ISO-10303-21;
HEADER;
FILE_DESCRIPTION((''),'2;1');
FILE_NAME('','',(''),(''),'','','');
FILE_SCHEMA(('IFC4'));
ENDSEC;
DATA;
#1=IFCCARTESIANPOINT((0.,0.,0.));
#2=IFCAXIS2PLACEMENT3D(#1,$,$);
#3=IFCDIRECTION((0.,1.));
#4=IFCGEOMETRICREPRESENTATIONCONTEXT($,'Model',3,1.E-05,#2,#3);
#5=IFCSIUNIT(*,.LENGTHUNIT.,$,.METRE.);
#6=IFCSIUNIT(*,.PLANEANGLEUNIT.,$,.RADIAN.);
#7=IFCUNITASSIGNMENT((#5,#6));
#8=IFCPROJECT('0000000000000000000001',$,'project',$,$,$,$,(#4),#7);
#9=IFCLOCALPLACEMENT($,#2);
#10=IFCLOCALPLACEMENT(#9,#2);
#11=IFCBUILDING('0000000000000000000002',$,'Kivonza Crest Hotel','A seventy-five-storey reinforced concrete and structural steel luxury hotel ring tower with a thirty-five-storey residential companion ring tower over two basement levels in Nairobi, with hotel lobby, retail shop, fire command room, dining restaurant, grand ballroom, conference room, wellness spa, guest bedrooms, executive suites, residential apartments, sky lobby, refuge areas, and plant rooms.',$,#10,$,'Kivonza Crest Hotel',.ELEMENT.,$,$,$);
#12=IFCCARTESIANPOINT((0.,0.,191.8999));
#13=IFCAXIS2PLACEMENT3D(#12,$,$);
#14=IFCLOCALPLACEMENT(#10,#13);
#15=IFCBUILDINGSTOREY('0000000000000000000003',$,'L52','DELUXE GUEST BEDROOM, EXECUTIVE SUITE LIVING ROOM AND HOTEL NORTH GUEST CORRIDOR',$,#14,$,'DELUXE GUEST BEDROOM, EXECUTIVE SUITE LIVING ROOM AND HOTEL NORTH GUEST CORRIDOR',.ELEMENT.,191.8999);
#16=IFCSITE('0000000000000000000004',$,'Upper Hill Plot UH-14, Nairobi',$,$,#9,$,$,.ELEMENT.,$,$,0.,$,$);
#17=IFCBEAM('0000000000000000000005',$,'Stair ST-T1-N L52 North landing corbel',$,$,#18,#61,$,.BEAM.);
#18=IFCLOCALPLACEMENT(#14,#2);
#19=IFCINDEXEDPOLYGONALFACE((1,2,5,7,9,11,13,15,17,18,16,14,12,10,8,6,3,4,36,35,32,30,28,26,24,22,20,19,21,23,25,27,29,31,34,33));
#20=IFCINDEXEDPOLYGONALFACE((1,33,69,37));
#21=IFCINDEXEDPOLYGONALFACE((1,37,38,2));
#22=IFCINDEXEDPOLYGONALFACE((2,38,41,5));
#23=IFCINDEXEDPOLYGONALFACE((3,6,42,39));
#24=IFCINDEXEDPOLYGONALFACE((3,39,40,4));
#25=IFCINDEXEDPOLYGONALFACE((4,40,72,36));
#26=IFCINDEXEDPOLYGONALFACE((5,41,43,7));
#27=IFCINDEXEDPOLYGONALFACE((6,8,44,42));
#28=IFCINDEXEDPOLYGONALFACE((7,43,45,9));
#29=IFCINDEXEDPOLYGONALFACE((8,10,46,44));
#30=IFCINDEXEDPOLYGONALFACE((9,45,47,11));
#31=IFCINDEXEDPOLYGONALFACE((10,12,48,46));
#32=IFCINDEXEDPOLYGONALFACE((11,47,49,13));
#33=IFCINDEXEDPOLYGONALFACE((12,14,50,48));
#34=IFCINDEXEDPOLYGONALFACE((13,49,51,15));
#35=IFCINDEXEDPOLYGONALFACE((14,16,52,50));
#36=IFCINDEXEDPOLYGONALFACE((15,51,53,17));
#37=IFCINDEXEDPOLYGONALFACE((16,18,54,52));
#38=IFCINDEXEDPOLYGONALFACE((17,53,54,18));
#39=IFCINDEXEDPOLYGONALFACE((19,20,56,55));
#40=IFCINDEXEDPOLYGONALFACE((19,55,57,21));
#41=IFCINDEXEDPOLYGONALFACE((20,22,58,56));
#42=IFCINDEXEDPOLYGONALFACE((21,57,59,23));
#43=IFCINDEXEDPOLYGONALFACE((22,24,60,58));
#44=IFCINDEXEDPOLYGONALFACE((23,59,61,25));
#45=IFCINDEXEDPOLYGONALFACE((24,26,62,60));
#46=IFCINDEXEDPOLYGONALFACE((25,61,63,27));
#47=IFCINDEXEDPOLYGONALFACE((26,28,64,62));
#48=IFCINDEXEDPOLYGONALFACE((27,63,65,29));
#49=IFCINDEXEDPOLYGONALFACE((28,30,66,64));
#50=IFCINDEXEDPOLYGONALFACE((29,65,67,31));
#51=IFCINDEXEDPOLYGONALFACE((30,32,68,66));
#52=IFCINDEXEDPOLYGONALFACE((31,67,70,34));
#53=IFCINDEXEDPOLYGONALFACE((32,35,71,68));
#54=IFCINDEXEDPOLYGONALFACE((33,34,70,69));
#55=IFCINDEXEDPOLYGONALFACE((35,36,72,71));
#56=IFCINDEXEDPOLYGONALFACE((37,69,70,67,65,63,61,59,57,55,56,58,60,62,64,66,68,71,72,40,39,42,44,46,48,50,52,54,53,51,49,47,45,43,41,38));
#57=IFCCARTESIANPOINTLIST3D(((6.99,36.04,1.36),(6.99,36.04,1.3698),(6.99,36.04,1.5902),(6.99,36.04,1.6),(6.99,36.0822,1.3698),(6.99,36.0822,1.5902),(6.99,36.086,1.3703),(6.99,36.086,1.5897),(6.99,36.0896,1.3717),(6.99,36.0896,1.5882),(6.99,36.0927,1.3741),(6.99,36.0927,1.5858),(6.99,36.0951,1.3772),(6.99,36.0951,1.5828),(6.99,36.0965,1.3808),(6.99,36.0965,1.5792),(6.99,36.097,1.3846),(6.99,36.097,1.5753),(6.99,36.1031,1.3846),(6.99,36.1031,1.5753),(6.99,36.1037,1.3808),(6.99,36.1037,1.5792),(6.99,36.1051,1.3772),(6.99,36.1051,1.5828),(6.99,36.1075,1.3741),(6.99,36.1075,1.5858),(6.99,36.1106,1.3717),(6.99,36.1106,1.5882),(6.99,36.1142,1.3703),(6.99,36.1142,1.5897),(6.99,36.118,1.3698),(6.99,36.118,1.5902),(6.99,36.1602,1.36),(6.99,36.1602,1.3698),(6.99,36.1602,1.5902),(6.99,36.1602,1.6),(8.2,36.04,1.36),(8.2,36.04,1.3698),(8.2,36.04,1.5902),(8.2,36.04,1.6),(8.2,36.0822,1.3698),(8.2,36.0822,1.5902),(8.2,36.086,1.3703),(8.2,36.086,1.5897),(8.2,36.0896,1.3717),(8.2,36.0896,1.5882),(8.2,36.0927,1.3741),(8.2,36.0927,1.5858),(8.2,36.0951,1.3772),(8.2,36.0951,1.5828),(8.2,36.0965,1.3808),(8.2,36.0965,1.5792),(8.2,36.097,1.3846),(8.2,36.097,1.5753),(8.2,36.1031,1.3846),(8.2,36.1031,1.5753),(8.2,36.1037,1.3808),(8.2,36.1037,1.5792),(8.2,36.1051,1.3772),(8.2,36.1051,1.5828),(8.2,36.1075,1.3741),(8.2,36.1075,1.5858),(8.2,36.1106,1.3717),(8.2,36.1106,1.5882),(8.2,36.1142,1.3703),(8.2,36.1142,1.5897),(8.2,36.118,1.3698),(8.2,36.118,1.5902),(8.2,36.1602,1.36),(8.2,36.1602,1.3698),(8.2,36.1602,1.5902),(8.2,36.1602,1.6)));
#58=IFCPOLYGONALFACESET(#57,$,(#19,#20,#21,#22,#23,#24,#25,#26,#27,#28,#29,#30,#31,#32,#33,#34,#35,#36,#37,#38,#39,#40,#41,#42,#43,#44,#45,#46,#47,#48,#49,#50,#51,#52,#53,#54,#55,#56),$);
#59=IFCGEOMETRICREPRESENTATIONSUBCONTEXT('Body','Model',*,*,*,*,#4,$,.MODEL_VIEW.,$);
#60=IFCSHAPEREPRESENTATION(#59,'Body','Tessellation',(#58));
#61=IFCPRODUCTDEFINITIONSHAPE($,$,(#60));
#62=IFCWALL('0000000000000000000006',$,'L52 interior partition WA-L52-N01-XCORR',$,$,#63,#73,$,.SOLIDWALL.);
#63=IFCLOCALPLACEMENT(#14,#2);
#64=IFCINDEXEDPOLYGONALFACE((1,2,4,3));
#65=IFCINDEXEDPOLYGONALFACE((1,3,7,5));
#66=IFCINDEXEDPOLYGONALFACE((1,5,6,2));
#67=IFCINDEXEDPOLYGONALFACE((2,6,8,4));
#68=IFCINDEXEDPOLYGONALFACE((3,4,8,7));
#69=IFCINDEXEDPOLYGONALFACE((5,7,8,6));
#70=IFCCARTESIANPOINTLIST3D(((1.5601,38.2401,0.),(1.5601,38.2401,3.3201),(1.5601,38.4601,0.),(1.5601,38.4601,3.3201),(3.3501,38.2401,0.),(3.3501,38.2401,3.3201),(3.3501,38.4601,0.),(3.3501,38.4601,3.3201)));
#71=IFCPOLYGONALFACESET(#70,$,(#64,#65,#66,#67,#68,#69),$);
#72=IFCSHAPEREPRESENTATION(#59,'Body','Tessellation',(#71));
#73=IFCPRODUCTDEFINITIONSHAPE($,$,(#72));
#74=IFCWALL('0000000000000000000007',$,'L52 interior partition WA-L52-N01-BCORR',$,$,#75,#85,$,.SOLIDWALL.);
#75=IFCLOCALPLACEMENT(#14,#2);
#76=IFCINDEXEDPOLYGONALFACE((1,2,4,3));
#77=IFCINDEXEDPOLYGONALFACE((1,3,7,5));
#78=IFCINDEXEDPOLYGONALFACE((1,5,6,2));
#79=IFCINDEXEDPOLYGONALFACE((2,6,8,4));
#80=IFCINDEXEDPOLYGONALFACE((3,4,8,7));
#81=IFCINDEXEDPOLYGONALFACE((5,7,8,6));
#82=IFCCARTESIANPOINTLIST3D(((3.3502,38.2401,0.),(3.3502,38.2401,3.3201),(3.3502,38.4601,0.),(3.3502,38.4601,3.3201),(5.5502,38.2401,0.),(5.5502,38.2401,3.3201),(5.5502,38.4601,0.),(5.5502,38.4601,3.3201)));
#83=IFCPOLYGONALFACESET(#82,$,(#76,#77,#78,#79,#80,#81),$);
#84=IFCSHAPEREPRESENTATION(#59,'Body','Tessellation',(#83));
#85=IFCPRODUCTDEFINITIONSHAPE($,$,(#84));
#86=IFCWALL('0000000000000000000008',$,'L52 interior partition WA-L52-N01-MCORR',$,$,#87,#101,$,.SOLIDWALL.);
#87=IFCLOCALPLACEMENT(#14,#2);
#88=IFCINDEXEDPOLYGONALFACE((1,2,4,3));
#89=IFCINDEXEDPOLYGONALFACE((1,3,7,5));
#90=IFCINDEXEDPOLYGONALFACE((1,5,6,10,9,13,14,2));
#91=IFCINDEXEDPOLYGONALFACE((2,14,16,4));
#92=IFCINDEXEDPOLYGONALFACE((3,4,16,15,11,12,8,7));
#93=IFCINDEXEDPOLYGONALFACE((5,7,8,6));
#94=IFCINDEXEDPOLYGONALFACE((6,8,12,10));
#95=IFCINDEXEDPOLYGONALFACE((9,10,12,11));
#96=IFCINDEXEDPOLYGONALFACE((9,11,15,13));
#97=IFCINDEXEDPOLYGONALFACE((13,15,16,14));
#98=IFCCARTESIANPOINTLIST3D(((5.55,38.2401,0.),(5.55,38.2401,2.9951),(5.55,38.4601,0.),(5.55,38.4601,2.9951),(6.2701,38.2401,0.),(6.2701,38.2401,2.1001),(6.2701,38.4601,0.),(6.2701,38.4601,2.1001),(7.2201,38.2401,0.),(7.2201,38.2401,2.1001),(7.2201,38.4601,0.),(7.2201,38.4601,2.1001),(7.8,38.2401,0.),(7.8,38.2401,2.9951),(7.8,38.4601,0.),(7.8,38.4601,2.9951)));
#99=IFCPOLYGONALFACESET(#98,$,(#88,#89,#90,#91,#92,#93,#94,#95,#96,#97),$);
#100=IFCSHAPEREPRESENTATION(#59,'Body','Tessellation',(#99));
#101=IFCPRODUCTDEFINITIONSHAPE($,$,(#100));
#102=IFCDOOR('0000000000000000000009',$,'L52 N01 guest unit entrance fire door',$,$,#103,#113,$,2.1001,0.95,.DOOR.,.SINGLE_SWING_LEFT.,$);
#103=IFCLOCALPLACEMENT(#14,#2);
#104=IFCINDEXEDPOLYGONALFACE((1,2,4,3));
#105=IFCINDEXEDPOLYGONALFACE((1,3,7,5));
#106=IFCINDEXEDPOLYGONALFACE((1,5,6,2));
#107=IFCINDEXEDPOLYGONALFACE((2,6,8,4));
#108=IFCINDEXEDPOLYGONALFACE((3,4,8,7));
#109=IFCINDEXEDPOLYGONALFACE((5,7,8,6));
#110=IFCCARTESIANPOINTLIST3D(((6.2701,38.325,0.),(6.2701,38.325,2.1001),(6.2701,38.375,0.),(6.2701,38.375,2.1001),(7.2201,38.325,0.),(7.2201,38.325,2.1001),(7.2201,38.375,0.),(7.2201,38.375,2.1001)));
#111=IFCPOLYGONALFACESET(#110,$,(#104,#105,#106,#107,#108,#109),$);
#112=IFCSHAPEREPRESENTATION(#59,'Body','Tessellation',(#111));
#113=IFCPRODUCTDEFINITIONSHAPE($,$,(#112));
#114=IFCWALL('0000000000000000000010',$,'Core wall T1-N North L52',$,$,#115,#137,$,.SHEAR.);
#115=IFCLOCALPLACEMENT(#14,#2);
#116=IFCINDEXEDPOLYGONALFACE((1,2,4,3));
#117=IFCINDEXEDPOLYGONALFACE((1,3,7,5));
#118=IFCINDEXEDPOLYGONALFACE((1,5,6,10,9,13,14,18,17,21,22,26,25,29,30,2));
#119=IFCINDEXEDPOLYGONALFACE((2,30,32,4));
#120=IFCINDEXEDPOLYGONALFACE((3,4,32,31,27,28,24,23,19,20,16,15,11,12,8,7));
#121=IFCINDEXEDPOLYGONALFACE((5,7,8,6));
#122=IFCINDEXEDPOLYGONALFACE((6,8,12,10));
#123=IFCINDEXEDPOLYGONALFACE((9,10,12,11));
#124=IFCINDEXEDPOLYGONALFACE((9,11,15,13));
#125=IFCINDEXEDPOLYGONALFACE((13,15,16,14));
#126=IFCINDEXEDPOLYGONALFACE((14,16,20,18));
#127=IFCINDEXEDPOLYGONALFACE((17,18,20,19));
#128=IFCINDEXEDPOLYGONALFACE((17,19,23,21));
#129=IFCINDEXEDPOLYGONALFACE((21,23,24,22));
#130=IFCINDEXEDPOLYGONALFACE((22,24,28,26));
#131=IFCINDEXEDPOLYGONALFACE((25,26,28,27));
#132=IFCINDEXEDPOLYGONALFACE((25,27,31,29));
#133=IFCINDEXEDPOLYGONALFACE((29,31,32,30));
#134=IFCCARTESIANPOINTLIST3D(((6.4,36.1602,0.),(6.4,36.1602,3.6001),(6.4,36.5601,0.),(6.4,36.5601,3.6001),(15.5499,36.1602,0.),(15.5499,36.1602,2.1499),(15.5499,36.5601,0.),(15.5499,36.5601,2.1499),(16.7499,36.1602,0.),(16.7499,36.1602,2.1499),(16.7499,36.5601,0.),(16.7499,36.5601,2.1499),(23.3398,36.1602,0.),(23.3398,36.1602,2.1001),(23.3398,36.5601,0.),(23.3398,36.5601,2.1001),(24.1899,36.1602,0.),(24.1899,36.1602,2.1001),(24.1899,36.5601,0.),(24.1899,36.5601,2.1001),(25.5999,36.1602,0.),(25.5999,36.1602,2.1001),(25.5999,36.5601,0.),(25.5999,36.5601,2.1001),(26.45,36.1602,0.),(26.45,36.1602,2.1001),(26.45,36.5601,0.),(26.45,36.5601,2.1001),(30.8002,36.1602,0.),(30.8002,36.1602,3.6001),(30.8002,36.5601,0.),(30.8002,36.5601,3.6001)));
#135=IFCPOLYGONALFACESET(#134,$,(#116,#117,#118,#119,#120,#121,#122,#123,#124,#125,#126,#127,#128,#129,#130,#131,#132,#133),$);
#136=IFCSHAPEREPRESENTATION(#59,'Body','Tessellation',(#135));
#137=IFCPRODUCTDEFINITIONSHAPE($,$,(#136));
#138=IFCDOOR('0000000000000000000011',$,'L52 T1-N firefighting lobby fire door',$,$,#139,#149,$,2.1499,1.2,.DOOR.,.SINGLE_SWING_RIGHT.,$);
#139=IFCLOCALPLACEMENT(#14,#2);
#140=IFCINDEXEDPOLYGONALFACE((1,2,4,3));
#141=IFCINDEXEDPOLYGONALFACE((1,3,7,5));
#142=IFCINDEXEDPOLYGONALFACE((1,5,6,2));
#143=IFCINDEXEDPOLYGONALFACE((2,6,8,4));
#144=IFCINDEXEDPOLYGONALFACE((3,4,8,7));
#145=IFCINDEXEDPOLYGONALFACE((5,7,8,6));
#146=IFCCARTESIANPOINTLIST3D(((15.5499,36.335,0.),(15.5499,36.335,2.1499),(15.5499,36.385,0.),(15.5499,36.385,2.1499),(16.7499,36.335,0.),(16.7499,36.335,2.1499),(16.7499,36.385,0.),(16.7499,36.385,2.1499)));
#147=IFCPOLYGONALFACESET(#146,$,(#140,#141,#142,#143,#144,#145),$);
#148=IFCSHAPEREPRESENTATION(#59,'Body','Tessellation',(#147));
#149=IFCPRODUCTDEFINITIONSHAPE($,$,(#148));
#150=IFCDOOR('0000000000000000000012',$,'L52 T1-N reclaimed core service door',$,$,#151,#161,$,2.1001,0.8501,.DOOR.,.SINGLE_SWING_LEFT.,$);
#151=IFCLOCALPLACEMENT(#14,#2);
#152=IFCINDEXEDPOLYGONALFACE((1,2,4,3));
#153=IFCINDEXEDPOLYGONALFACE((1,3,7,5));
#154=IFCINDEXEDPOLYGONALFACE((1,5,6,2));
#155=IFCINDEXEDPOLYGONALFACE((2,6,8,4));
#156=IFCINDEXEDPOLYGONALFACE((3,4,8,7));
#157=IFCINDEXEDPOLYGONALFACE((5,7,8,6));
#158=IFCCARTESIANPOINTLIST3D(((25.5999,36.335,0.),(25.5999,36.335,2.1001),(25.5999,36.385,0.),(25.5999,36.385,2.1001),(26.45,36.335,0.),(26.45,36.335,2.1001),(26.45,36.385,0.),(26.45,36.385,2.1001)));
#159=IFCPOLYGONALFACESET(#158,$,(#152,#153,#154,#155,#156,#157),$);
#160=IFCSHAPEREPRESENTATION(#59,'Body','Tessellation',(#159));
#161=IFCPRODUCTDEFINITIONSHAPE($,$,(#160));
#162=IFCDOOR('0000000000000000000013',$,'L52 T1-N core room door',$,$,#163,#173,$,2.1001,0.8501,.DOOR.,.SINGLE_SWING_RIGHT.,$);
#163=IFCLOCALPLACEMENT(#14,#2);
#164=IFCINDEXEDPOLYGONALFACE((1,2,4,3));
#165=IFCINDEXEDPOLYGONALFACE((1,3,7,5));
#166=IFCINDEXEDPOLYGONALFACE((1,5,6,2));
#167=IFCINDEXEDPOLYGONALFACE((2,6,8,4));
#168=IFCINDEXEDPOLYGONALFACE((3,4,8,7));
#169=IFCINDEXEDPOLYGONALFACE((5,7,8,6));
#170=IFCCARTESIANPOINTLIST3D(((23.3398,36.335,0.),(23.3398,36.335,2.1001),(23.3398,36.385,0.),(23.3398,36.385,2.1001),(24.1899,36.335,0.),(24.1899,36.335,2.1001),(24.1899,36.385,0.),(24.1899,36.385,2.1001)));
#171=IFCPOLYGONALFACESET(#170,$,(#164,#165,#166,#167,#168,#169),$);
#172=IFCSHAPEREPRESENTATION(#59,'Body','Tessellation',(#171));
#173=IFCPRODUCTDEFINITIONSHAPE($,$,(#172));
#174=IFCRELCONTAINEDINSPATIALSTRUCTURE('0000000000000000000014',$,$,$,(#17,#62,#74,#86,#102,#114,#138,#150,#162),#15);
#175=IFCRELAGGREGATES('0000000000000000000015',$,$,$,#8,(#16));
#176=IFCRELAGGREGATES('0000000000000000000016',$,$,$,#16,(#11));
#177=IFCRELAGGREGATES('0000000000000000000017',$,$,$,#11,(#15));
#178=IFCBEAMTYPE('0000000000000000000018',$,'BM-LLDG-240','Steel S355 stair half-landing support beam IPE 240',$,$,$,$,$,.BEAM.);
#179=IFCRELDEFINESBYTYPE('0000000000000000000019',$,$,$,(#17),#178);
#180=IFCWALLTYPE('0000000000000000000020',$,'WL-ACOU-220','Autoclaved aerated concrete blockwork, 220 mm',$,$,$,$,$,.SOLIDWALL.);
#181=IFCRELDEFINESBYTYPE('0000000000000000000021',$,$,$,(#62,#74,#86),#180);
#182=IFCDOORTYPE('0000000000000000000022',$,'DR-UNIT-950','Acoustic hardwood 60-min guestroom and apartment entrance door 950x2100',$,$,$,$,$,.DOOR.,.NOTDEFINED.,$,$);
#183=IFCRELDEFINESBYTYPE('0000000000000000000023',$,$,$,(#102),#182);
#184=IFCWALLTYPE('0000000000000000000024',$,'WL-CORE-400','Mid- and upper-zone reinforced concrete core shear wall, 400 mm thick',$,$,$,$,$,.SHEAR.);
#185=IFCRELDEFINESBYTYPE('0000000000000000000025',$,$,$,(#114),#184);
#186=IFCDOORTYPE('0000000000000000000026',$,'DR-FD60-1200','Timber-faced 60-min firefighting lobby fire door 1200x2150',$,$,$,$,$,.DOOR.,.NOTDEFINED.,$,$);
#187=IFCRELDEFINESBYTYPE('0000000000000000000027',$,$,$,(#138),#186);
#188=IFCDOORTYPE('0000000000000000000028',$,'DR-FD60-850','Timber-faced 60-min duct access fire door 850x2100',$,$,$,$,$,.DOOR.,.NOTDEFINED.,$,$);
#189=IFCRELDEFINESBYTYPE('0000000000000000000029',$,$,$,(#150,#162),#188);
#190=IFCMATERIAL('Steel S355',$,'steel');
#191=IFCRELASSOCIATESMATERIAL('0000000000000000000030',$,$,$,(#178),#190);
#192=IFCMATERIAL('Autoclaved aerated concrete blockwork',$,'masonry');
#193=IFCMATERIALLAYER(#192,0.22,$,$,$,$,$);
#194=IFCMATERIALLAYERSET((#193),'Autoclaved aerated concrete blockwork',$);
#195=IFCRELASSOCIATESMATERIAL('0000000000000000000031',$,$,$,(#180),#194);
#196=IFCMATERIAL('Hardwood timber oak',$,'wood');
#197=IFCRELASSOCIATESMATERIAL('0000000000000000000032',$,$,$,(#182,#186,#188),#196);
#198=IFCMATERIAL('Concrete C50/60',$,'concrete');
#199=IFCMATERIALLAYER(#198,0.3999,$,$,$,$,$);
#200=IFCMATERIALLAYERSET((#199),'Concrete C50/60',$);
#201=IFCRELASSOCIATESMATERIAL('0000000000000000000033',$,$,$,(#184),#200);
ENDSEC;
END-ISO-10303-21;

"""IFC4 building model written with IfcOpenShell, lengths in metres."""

from ifc_helpers import new_model, si_unit, direction, frame, frame_2d, origin, origin_2d, place, context, subcontext, project, spatial, rectangle, i_section, extrude, material, layer, layer_set, material_profile, profile_set, type_object, element, fill, save


model = new_model("IFC4")

# Units and contexts
model_context = context("Model", 3, precision=1e-05, world=origin(), true_north=direction((0.0, 1.0)))
body_context = subcontext(model_context, "Body", "Model", "MODEL_VIEW")
ifc_project = project(units=[si_unit("LENGTHUNIT", "METRE"), si_unit("PLANEANGLEUNIT", "RADIAN")], contexts=[model_context])

# Site, building, storey
site_placement = place(None, origin())
site = spatial("IfcSite", under=ifc_project, at=site_placement, Name="Upper Hill Plot UH-14, Nairobi", CompositionType="ELEMENT", RefElevation=0.0)
building_placement = place(site_placement, origin())
building = spatial("IfcBuilding", under=site, at=building_placement, Name="Kivonza Crest Hotel", Description="A seventy-five-storey reinforced concrete and structural steel luxury hotel ring tower with a thirty-five-storey residential companion ring tower over two basement levels in Nairobi, with hotel lobby, retail shop, fire command room, dining restaurant, grand ballroom, conference room, wellness spa, guest bedrooms, executive suites, residential apartments, sky lobby, refuge areas, and plant rooms.", LongName="Kivonza Crest Hotel", CompositionType="ELEMENT")
storey_placement = place(building_placement, frame((0.0, 0.0, 191.8999)))
storey = spatial("IfcBuildingStorey", under=building, at=storey_placement, Name="L52", Description="DELUXE GUEST BEDROOM, EXECUTIVE SUITE LIVING ROOM AND HOTEL NORTH GUEST CORRIDOR", LongName="DELUXE GUEST BEDROOM, EXECUTIVE SUITE LIVING ROOM AND HOTEL NORTH GUEST CORRIDOR", CompositionType="ELEMENT", Elevation=191.8999)

# Beam
ifc_material_1 = material(Name="Steel S355", Category="steel")
ifc_material_profile = material_profile(ifc_material_1, i_section(OverallWidth=0.1201, OverallDepth=0.24, WebThickness=0.0061, FlangeThickness=0.0098, FilletRadius=0.0149, at=origin_2d()), Name="IPE 240")
ifc_profile_set = profile_set([ifc_material_profile], Name="Steel S355")
beam_type = type_object("IfcBeamType", Name="BM-LLDG-240", Description="Steel S355 stair half-landing support beam IPE 240", PredefinedType="BEAM", material=ifc_profile_set)
beam_placement = place(storey_placement, frame((6.99, 36.1001, 1.48), z_axis=(1.0, 0.0, 0.0), x_axis=(0.0, 1.0, 0.0)))
element("IfcBeam", 1, at=beam_placement, inside=storey, type_object=beam_type, Name="Stair ST-T1-N L52 North landing corbel", PredefinedType="BEAM", context=body_context, shape_type="SweptSolid", body=[
    extrude(i_section(OverallWidth=0.1201, OverallDepth=0.24, WebThickness=0.0061, FlangeThickness=0.0098, FilletRadius=0.0149, at=origin_2d()), origin(), (0.0, 0.0, 1.0), 1.21),
])

# Walls
ifc_material_2 = material(Name="Autoclaved aerated concrete blockwork", Category="masonry")
ifc_layer_1 = layer(ifc_material_2, 0.22)
ifc_layer_set_1 = layer_set([ifc_layer_1], Name="Autoclaved aerated concrete blockwork")
wall_type_1 = type_object("IfcWallType", Name="WL-ACOU-220", Description="Autoclaved aerated concrete blockwork, 220 mm", PredefinedType="SOLIDWALL", material=ifc_layer_set_1)
wall_1_placement = place(storey_placement, frame((1.5601, 38.3501, 0.0), z_axis=(0.0, 0.0, 1.0), x_axis=(1.0, 0.0, 0.0)))
element("IfcWall", 2, at=wall_1_placement, inside=storey, type_object=wall_type_1, Name="L52 interior partition WA-L52-N01-XCORR", PredefinedType="SOLIDWALL", context=body_context, shape_type="SweptSolid", body=[
    extrude(rectangle(XDim=1.79, YDim=0.22, at=frame_2d((0.895, 0.0))), origin(), (0.0, 0.0, 1.0), 3.3201),
])
wall_2_placement = place(storey_placement, frame((3.3501, 38.3501, 0.0), z_axis=(0.0, 0.0, 1.0), x_axis=(1.0, 0.0, 0.0)))
element("IfcWall", 3, at=wall_2_placement, inside=storey, type_object=wall_type_1, Name="L52 interior partition WA-L52-N01-BCORR", PredefinedType="SOLIDWALL", context=body_context, shape_type="SweptSolid", body=[
    extrude(rectangle(XDim=2.2, YDim=0.22, at=frame_2d((1.1001, 0.0))), origin(), (0.0, 0.0, 1.0), 3.3201),
])

# Wall, opening, door
wall_3_placement = place(storey_placement, frame((5.55, 38.3501, 0.0), z_axis=(0.0, 0.0, 1.0), x_axis=(1.0, 0.0, 0.0)))
wall_3 = element("IfcWall", 4, at=wall_3_placement, inside=storey, type_object=wall_type_1, Name="L52 interior partition WA-L52-N01-MCORR", PredefinedType="SOLIDWALL", context=body_context, shape_type="SweptSolid", body=[
    extrude(rectangle(XDim=2.25, YDim=0.22, at=frame_2d((1.125, 0.0))), origin(), (0.0, 0.0, 1.0), 2.9951),
])
opening_1_placement = place(wall_3_placement, frame((0.72, 0.0, 0.0)))
opening_1 = element("IfcOpeningElement", 5, at=opening_1_placement, cuts=wall_3, PredefinedType="OPENING", context=body_context, shape_type="SweptSolid", body=[
    extrude(rectangle(XDim=0.95, YDim=2.1001, at=frame_2d((0.4751, 1.05))), frame((0.0, 0.1201, 0.0), z_axis=(0.0, -1.0, 0.0), x_axis=(1.0, 0.0, 0.0)), (0.0, 0.0, 1.0), 0.24),
])
ifc_material_3 = material(Name="Hardwood timber oak", Category="wood")
door_type_1 = type_object("IfcDoorType", Name="DR-UNIT-950", Description="Acoustic hardwood 60-min guestroom and apartment entrance door 950x2100", OperationType="NOTDEFINED", PredefinedType="DOOR", material=ifc_material_3)
door_1_placement = place(opening_1_placement, origin())
door_1 = element("IfcDoor", 6, at=door_1_placement, inside=storey, type_object=door_type_1, Name="L52 N01 guest unit entrance fire door", OperationType="SINGLE_SWING_LEFT", OverallHeight=2.1001, OverallWidth=0.95, PredefinedType="DOOR", context=body_context, shape_type="SweptSolid", body=[
    extrude(rectangle(XDim=0.95, YDim=2.1001, at=frame_2d((0.4751, 1.05))), frame((0.0, 0.0249, 0.0), z_axis=(0.0, -1.0, 0.0), x_axis=(1.0, 0.0, 0.0)), (0.0, 0.0, 1.0), 0.05),
])
fill(opening_1, door_1)

# Wall, openings, doors
ifc_material_4 = material(Name="Concrete C50/60", Category="concrete")
ifc_layer_2 = layer(ifc_material_4, 0.3999)
ifc_layer_set_2 = layer_set([ifc_layer_2], Name="Concrete C50/60")
wall_type_2 = type_object("IfcWallType", Name="WL-CORE-400", Description="Mid- and upper-zone reinforced concrete core shear wall, 400 mm thick", PredefinedType="SHEAR", material=ifc_layer_set_2)
wall_4_placement = place(storey_placement, frame((6.3999, 36.3601, 0.0), z_axis=(0.0, 0.0, 1.0), x_axis=(1.0, 0.0, 0.0)))
wall_4 = element("IfcWall", 7, at=wall_4_placement, inside=storey, type_object=wall_type_2, Name="Core wall T1-N North L52", PredefinedType="SHEAR", context=body_context, shape_type="SweptSolid", body=[
    extrude(rectangle(XDim=24.4001, YDim=0.3999, at=frame_2d((12.2002, 0.0))), origin(), (0.0, 0.0, 1.0), 3.6001),
])
opening_2_placement = place(wall_4_placement, frame((9.1499, 0.0, 0.0)))
opening_2 = element("IfcOpeningElement", 8, at=opening_2_placement, cuts=wall_4, PredefinedType="OPENING", context=body_context, shape_type="SweptSolid", body=[
    extrude(rectangle(XDim=1.2, YDim=2.1499, at=frame_2d((0.6001, 1.075))), frame((0.0, 0.21, 0.0), z_axis=(0.0, -1.0, 0.0), x_axis=(1.0, 0.0, 0.0)), (0.0, 0.0, 1.0), 0.4199),
])
opening_3_placement = place(wall_4_placement, frame((19.2, 0.0, 0.0)))
opening_3 = element("IfcOpeningElement", 9, at=opening_3_placement, cuts=wall_4, PredefinedType="OPENING", context=body_context, shape_type="SweptSolid", body=[
    extrude(rectangle(XDim=0.8501, YDim=2.1001, at=frame_2d((0.425, 1.05))), frame((0.0, 0.21, 0.0), z_axis=(0.0, -1.0, 0.0), x_axis=(1.0, 0.0, 0.0)), (0.0, 0.0, 1.0), 0.4199),
])
opening_4_placement = place(wall_4_placement, frame((16.9399, 0.0, 0.0)))
opening_4 = element("IfcOpeningElement", 10, at=opening_4_placement, cuts=wall_4, PredefinedType="OPENING", context=body_context, shape_type="SweptSolid", body=[
    extrude(rectangle(XDim=0.8501, YDim=2.1001, at=frame_2d((0.425, 1.05))), frame((0.0, 0.21, 0.0), z_axis=(0.0, -1.0, 0.0), x_axis=(1.0, 0.0, 0.0)), (0.0, 0.0, 1.0), 0.4199),
])
door_type_2 = type_object("IfcDoorType", Name="DR-FD60-1200", Description="Timber-faced 60-min firefighting lobby fire door 1200x2150", OperationType="NOTDEFINED", PredefinedType="DOOR", material=ifc_material_3)
door_2_placement = place(opening_2_placement, origin())
door_2 = element("IfcDoor", 11, at=door_2_placement, inside=storey, type_object=door_type_2, Name="L52 T1-N firefighting lobby fire door", OperationType="SINGLE_SWING_RIGHT", OverallHeight=2.1499, OverallWidth=1.2, PredefinedType="DOOR", context=body_context, shape_type="SweptSolid", body=[
    extrude(rectangle(XDim=1.2, YDim=2.1499, at=frame_2d((0.6001, 1.075))), frame((0.0, 0.0249, 0.0), z_axis=(0.0, -1.0, 0.0), x_axis=(1.0, 0.0, 0.0)), (0.0, 0.0, 1.0), 0.05),
])
fill(opening_2, door_2)
door_type_3 = type_object("IfcDoorType", Name="DR-FD60-850", Description="Timber-faced 60-min duct access fire door 850x2100", OperationType="NOTDEFINED", PredefinedType="DOOR", material=ifc_material_3)
door_3_placement = place(opening_3_placement, origin())
door_3 = element("IfcDoor", 12, at=door_3_placement, inside=storey, type_object=door_type_3, Name="L52 T1-N reclaimed core service door", OperationType="SINGLE_SWING_LEFT", OverallHeight=2.1001, OverallWidth=0.8501, PredefinedType="DOOR", context=body_context, shape_type="SweptSolid", body=[
    extrude(rectangle(XDim=0.8501, YDim=2.1001, at=frame_2d((0.425, 1.05))), frame((0.0, 0.0249, 0.0), z_axis=(0.0, -1.0, 0.0), x_axis=(1.0, 0.0, 0.0)), (0.0, 0.0, 1.0), 0.05),
])
fill(opening_3, door_3)
door_4_placement = place(opening_4_placement, origin())
door_4 = element("IfcDoor", 13, at=door_4_placement, inside=storey, type_object=door_type_3, Name="L52 T1-N core room door", OperationType="SINGLE_SWING_RIGHT", OverallHeight=2.1001, OverallWidth=0.8501, PredefinedType="DOOR", context=body_context, shape_type="SweptSolid", body=[
    extrude(rectangle(XDim=0.8501, YDim=2.1001, at=frame_2d((0.425, 1.05))), frame((0.0, 0.0249, 0.0), z_axis=(0.0, -1.0, 0.0), x_axis=(1.0, 0.0, 0.0)), (0.0, 0.0, 1.0), 0.05),
])
fill(opening_4, door_4)

save(model, "model.ifc")
